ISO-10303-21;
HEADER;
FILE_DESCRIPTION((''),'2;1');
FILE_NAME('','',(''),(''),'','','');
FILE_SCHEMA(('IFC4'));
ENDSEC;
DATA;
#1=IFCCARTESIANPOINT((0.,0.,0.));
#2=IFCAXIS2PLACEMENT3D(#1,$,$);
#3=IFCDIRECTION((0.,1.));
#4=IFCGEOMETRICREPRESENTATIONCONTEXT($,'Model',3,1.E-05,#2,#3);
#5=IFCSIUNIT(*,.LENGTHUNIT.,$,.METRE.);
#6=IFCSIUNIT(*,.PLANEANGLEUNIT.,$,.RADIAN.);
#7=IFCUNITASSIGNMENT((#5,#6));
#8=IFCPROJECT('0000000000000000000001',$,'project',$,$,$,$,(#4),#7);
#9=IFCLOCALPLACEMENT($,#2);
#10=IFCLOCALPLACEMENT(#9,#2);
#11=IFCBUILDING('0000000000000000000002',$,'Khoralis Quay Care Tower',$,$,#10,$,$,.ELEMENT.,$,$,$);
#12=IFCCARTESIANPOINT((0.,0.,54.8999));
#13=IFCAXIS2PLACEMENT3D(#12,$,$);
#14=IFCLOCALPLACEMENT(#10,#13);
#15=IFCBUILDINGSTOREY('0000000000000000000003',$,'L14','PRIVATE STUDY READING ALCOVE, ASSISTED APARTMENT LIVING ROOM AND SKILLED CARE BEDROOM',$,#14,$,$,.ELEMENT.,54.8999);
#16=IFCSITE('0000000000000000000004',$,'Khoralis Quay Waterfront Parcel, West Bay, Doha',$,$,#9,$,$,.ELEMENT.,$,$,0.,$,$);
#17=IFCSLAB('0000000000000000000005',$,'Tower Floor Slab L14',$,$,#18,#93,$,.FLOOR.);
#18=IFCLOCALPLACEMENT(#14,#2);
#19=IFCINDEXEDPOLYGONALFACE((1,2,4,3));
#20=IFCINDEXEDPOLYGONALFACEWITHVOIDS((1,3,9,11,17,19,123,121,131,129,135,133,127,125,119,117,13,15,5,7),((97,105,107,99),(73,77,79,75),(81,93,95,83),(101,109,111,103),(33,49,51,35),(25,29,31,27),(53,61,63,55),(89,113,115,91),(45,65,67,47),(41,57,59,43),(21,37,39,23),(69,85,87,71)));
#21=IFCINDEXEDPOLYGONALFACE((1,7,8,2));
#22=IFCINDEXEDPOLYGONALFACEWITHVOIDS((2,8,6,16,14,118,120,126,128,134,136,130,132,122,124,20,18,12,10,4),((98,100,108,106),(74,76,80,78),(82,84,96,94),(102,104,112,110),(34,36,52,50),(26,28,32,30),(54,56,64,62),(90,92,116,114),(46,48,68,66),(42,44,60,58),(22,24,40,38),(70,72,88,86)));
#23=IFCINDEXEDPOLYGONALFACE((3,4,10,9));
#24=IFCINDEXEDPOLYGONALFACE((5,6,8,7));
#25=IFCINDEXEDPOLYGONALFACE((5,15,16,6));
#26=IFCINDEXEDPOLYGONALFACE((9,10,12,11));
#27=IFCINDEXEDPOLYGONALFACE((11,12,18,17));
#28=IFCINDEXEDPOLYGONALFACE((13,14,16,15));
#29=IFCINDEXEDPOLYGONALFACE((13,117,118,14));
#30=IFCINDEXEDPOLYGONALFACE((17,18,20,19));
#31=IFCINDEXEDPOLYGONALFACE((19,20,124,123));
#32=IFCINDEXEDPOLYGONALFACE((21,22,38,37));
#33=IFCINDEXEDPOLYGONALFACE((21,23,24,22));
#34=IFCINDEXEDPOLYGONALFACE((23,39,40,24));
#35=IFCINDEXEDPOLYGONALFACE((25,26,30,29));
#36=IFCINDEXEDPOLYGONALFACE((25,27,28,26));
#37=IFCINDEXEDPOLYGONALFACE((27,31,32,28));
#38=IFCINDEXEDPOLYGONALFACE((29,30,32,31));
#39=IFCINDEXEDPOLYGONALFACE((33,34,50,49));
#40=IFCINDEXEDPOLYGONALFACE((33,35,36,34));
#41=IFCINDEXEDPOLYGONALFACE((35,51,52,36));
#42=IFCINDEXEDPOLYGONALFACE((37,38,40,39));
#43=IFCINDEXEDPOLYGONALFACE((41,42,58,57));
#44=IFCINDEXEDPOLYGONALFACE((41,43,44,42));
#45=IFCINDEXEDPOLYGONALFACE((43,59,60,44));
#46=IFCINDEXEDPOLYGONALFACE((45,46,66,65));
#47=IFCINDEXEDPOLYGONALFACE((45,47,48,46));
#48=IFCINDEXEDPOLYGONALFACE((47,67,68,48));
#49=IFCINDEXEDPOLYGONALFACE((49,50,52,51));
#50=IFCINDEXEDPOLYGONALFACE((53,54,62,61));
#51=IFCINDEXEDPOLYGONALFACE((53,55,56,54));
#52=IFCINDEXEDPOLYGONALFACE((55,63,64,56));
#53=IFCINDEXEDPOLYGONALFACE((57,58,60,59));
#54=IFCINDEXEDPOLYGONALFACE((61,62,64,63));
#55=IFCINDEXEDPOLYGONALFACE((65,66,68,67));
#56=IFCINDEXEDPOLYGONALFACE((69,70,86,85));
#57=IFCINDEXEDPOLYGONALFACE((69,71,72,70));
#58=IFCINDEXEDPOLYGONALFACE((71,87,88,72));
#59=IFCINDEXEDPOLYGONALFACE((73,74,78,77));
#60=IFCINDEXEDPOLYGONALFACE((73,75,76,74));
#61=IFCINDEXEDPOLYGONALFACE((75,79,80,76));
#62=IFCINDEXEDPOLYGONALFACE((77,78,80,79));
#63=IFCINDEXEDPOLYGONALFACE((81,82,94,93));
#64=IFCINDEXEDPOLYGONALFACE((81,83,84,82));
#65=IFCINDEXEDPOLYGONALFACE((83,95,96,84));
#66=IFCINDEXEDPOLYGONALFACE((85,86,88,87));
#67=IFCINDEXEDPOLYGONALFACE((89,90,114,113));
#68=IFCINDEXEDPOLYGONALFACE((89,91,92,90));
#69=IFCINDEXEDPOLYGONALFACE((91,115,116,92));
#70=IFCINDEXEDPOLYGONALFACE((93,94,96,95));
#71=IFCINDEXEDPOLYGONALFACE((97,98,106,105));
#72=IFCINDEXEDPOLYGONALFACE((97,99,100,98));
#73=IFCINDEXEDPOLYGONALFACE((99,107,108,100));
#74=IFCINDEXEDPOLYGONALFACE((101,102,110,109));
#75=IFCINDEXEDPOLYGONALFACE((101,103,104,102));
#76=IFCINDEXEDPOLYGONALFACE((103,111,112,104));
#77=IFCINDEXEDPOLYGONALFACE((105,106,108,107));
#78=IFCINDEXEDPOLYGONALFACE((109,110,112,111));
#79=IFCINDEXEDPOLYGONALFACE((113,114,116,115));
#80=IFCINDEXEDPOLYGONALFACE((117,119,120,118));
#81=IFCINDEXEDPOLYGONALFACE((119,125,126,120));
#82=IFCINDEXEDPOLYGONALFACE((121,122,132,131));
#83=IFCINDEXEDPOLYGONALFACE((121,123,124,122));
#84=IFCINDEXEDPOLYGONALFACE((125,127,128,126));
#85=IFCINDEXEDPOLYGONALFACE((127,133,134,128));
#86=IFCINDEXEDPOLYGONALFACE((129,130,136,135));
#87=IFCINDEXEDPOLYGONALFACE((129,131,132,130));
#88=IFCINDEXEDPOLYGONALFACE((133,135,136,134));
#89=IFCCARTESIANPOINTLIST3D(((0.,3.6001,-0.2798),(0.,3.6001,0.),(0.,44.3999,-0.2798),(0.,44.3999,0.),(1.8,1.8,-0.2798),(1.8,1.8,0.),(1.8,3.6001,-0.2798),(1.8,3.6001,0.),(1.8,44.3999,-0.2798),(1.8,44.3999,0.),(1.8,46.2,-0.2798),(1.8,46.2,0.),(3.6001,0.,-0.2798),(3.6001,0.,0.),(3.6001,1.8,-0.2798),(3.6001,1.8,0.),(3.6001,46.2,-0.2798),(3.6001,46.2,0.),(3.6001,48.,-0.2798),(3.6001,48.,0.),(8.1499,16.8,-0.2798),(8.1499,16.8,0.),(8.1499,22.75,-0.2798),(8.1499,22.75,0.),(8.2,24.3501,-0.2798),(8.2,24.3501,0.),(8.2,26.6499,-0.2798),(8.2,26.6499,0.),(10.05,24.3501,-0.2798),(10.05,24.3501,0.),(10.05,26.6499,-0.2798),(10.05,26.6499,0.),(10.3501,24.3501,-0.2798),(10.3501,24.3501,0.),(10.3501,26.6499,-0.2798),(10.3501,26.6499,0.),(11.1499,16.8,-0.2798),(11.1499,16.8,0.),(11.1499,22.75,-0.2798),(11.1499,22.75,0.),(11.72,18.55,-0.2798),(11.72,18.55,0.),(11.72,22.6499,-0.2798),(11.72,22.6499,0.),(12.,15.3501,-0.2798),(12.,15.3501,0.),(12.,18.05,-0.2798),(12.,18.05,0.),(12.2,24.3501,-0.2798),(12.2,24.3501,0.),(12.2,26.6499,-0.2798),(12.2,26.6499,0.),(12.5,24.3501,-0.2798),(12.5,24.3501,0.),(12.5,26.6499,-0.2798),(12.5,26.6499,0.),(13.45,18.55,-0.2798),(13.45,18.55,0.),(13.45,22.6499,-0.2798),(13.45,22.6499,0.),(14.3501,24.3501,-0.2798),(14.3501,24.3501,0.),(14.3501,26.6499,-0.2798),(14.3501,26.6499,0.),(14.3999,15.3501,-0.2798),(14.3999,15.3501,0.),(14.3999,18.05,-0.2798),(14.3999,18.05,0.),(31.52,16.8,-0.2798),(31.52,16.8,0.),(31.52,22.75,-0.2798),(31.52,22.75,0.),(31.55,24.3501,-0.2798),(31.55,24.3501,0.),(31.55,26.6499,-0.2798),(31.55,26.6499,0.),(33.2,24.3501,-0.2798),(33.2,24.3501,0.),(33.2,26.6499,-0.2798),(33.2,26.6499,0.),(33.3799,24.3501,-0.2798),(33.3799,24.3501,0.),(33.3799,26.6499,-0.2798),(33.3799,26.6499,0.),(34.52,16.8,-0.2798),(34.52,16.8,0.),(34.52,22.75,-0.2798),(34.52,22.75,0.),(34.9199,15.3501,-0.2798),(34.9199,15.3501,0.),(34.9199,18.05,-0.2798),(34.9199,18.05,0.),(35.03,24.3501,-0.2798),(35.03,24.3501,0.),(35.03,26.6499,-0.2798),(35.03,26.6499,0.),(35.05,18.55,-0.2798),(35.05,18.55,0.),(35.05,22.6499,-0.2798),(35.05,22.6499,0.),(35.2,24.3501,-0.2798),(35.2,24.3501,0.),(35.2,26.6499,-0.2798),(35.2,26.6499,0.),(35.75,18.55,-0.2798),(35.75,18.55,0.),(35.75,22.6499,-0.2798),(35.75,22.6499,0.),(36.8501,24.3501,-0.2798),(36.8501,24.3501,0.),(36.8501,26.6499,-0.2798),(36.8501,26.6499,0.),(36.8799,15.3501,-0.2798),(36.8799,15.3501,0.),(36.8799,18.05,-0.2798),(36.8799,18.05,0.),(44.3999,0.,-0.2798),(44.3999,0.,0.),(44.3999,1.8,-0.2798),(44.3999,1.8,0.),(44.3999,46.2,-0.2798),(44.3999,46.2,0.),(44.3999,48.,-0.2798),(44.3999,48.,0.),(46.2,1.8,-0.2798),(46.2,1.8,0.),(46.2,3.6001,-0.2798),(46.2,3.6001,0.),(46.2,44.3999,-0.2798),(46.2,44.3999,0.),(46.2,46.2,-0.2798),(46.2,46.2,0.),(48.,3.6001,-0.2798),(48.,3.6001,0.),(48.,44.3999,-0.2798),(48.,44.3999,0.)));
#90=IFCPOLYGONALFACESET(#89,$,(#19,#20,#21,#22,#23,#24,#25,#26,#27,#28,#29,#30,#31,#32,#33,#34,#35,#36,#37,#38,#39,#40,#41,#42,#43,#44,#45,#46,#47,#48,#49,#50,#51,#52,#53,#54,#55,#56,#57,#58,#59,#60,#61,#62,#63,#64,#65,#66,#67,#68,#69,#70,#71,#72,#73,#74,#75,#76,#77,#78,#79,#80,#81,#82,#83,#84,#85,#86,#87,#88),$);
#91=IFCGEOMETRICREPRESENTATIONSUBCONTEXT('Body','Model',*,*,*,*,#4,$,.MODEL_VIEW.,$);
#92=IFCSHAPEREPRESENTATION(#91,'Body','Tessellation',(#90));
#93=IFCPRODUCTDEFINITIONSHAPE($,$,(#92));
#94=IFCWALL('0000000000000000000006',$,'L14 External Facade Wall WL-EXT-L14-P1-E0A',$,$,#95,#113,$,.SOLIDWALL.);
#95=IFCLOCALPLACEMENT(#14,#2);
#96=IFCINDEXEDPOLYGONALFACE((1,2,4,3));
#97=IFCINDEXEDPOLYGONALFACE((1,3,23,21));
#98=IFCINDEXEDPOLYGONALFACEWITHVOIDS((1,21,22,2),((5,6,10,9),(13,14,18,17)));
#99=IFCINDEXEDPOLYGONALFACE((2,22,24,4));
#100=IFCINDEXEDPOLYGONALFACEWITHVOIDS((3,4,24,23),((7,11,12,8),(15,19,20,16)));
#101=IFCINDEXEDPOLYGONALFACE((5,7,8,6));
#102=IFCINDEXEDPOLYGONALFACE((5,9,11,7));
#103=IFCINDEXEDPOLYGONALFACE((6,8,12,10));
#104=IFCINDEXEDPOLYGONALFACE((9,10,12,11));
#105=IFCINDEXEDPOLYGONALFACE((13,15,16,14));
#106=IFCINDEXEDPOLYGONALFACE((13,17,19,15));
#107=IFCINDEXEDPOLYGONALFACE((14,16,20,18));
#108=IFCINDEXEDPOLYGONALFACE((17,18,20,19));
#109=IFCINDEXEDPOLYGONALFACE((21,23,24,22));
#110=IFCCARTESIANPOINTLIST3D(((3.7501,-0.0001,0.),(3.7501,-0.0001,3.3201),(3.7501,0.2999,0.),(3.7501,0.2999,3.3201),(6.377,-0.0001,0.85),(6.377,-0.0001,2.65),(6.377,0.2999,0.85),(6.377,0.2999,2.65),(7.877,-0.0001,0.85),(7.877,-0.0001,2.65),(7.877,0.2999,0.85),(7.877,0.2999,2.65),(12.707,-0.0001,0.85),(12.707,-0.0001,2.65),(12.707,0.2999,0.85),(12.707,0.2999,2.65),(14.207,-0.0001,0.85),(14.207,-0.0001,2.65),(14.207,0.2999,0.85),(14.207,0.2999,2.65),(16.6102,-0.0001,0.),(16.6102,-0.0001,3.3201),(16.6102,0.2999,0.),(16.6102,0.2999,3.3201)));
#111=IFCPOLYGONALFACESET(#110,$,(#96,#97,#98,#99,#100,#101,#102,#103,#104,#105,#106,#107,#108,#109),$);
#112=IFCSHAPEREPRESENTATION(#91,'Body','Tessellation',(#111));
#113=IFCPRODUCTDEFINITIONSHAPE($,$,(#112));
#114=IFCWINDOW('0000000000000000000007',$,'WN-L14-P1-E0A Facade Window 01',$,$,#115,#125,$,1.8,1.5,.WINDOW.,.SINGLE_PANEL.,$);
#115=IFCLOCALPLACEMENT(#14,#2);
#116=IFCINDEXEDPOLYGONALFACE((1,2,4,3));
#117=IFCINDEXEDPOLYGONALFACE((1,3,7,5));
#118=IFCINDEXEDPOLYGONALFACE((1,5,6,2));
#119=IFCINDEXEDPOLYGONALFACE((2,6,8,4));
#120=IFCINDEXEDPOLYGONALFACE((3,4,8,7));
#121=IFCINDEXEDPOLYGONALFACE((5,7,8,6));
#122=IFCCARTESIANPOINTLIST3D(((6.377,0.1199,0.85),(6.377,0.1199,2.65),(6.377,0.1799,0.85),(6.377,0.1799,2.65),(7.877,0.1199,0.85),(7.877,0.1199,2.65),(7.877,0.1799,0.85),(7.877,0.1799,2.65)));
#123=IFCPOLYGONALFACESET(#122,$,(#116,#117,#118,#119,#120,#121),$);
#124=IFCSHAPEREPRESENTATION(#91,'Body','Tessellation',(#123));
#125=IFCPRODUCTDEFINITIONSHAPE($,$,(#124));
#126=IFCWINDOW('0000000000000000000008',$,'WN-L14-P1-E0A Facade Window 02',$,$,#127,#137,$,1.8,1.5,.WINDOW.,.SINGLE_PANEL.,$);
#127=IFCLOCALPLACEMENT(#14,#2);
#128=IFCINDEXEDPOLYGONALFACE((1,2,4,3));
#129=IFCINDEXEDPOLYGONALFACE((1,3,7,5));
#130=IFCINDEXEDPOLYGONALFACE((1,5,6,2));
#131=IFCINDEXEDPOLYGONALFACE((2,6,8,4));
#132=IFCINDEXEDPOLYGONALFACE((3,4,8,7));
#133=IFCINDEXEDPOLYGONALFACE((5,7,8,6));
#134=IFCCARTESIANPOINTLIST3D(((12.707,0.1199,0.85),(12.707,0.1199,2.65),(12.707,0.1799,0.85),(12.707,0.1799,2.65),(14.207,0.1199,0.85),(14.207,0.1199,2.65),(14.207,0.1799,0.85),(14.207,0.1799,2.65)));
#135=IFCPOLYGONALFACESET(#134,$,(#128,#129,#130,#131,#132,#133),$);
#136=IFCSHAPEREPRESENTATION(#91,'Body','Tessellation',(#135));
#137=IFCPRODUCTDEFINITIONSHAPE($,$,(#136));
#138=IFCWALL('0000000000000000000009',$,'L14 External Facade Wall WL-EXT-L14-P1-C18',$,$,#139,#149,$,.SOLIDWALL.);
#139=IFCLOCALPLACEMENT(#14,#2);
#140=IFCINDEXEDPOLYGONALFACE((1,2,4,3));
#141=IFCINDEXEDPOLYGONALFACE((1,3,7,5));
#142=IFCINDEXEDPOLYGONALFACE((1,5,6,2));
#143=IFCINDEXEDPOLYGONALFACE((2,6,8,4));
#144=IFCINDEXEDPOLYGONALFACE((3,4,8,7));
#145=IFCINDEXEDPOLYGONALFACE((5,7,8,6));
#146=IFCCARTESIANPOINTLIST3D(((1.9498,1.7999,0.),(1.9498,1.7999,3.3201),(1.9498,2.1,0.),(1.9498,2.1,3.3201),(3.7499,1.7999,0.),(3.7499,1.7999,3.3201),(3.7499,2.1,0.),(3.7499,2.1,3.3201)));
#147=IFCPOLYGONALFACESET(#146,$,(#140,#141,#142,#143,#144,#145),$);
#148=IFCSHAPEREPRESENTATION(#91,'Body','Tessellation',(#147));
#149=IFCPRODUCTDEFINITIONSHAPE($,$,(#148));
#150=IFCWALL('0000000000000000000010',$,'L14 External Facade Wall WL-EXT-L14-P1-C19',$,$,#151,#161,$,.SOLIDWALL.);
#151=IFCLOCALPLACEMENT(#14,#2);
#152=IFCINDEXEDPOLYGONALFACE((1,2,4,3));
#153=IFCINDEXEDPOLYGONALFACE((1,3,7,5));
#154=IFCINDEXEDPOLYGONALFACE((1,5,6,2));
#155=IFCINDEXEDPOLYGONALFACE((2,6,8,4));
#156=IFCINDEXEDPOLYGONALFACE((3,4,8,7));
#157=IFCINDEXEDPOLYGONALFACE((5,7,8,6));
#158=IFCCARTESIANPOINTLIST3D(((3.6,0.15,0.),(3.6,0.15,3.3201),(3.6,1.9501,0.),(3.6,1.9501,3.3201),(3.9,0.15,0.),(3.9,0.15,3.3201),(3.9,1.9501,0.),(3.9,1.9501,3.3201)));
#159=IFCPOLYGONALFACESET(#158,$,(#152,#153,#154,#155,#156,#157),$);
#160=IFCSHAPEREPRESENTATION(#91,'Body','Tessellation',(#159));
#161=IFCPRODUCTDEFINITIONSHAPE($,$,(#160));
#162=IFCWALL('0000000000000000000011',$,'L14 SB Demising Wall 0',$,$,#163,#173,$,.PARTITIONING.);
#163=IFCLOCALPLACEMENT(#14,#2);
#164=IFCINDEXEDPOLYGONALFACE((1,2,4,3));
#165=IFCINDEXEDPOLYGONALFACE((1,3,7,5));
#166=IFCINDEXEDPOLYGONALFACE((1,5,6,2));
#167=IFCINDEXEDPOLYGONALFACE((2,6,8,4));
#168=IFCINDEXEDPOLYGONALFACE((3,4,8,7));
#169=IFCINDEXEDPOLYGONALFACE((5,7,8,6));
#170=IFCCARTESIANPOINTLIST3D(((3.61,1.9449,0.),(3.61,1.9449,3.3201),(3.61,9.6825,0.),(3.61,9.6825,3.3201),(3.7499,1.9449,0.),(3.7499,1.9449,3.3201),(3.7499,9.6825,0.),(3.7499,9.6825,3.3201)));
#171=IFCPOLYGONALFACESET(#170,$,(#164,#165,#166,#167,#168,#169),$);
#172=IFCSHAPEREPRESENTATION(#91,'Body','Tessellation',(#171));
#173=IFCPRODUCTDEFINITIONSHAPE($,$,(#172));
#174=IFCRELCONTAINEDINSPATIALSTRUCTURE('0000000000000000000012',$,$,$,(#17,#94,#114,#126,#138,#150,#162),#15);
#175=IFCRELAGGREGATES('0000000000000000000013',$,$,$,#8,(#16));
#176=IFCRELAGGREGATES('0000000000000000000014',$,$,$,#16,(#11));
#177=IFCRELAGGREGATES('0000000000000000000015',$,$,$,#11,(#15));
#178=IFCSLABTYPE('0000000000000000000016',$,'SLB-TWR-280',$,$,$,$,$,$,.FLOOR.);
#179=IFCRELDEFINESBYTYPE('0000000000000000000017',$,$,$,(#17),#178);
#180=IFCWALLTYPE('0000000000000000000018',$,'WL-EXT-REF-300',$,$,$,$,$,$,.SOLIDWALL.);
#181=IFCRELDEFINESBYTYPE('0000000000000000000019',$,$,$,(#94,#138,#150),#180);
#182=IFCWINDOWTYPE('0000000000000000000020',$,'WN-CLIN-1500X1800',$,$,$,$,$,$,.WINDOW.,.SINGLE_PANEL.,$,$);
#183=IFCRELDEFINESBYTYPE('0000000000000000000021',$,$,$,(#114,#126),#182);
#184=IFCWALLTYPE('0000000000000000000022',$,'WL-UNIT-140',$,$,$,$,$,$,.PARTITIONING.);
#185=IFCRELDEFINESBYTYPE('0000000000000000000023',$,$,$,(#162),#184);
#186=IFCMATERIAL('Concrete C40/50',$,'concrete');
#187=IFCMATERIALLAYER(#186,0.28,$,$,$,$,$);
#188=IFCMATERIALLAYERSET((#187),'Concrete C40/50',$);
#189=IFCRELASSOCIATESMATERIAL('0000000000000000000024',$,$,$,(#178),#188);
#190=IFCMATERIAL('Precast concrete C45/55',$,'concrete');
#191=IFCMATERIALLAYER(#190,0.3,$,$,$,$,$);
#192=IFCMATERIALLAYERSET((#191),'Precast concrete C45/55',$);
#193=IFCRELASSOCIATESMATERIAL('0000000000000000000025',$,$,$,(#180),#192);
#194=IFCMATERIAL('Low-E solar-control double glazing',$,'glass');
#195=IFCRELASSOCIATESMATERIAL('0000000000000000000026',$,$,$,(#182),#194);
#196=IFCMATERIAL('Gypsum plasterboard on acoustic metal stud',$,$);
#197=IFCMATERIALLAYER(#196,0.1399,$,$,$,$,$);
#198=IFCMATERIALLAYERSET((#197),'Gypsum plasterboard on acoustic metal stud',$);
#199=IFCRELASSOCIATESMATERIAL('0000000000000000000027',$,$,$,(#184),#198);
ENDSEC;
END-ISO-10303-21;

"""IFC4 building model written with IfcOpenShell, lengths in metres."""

from ifc_helpers import new_model, si_unit, direction, frame, frame_2d, origin, place, context, subcontext, project, spatial, polyline, rectangle, outline, extrude, source, transform, mapped, material, layer, layer_set, type_object, element, fill, save


model = new_model("IFC4")

# Units and contexts
model_context = context("Model", 3, precision=1e-05, world=origin(), true_north=direction((0.0, 1.0)))
body_context = subcontext(model_context, "Body", "Model", "MODEL_VIEW")
ifc_project = project(units=[si_unit("LENGTHUNIT", "METRE"), si_unit("PLANEANGLEUNIT", "RADIAN")], contexts=[model_context])

# Site, building, storey
site_placement = place(None, origin())
site = spatial("IfcSite", under=ifc_project, at=site_placement, Name="Khoralis Quay Waterfront Parcel, West Bay, Doha", CompositionType="ELEMENT", RefElevation=0.0)
building_placement = place(site_placement, origin())
building = spatial("IfcBuilding", under=site, at=building_placement, Name="Khoralis Quay Care Tower", CompositionType="ELEMENT")
storey_placement = place(building_placement, frame((0.0, 0.0, 54.8999)))
storey = spatial("IfcBuildingStorey", under=building, at=storey_placement, Name="L14", Description="PRIVATE STUDY READING ALCOVE, ASSISTED APARTMENT LIVING ROOM AND SKILLED CARE BEDROOM", CompositionType="ELEMENT", Elevation=54.8999)

# Shared definitions
ifc_material_1 = material(Name="Precast concrete C45/55", Category="concrete")

# Slab
ifc_material_2 = material(Name="Concrete C40/50", Category="concrete")
ifc_layer_1 = layer(ifc_material_2, 0.28)
ifc_layer_set_1 = layer_set([ifc_layer_1], Name="Concrete C40/50")
slab_type_1 = type_object("IfcSlabType", Name="SLB-TWR-280", PredefinedType="FLOOR", material=ifc_layer_set_1)
slab_1_placement = place(storey_placement, frame((0.0, 0.0, -0.2798)))
element("IfcSlab", 1, at=slab_1_placement, inside=storey, type_object=slab_type_1, Name="Tower Floor Slab L14", PredefinedType="FLOOR", context=body_context, shape_type="SweptSolid", body=[
    extrude(outline(polyline([(3.6001, 0.0), (44.3999, 0.0), (44.3999, 1.8), (46.2, 1.8), (46.2, 3.6001), (48.0, 3.6001), (48.0, 44.3999), (46.2, 44.3999), (46.2, 46.2), (44.3999, 46.2), (44.3999, 48.0), (3.6001, 48.0), (3.6001, 46.2), (1.8, 46.2), (1.8, 44.3999), (0.0, 44.3999), (0.0, 3.6001), (1.8, 3.6001), (1.8, 1.8), (3.6001, 1.8), (3.6001, 0.0)]), holes=[polyline([(11.1499, 16.8), (11.1499, 22.75), (8.1499, 22.75), (8.1499, 16.8), (11.1499, 16.8)]), polyline([(34.52, 16.8), (34.52, 22.75), (31.52, 22.75), (31.52, 16.8), (34.52, 16.8)]), polyline([(12.0, 15.3501), (14.3999, 15.3501), (14.3999, 18.05), (12.0, 18.05), (12.0, 15.3501)]), polyline([(34.9199, 15.3501), (36.8799, 15.3501), (36.8799, 18.05), (34.9199, 18.05), (34.9199, 15.3501)]), polyline([(8.2, 24.3501), (10.05, 24.3501), (10.05, 26.6499), (8.2, 26.6499), (8.2, 24.3501)]), polyline([(31.55, 24.3501), (33.2, 24.3501), (33.2, 26.6499), (31.55, 26.6499), (31.55, 24.3501)]), polyline([(10.3501, 24.3501), (12.2, 24.3501), (12.2, 26.6499), (10.3501, 26.6499), (10.3501, 24.3501)]), polyline([(33.3799, 24.3501), (35.03, 24.3501), (35.03, 26.6499), (33.3799, 26.6499), (33.3799, 24.3501)]), polyline([(12.5, 24.3501), (14.3501, 24.3501), (14.3501, 26.6499), (12.5, 26.6499), (12.5, 24.3501)]), polyline([(35.2, 24.3501), (36.8501, 24.3501), (36.8501, 26.6499), (35.2, 26.6499), (35.2, 24.3501)]), polyline([(11.72, 18.55), (13.45, 18.55), (13.45, 22.6499), (11.72, 22.6499), (11.72, 18.55)]), polyline([(35.05, 18.55), (35.75, 18.55), (35.75, 22.6499), (35.05, 22.6499), (35.05, 18.55)])]), origin(), (0.0, 0.0, 1.0), 0.2798),
])

# Wall, openings, windows
ifc_layer_2 = layer(ifc_material_1, 0.3)
ifc_layer_set_2 = layer_set([ifc_layer_2], Name="Precast concrete C45/55")
wall_type_1 = type_object("IfcWallType", Name="WL-EXT-REF-300", PredefinedType="SOLIDWALL", material=ifc_layer_set_2)
wall_1_placement = place(storey_placement, frame((3.75, 0.1499, 0.0), z_axis=(0.0, 0.0, 1.0), x_axis=(1.0, 0.0, 0.0)))
wall_1 = element("IfcWall", 2, at=wall_1_placement, inside=storey, type_object=wall_type_1, Name="L14 External Facade Wall WL-EXT-L14-P1-E0A", PredefinedType="SOLIDWALL", context=body_context, shape_type="SweptSolid", body=[
    extrude(rectangle(XDim=12.8601, YDim=0.3, at=frame_2d((6.4302, 0.0))), origin(), (0.0, 0.0, 1.0), 3.3201),
])
opening_1_placement = place(wall_1_placement, frame((2.627, 0.0, 0.8501)))
opening_1 = element("IfcOpeningElement", 3, at=opening_1_placement, cuts=wall_1, PredefinedType="OPENING", context=body_context, shape_type="SweptSolid", body=[
    extrude(rectangle(XDim=1.5, YDim=1.8, at=frame_2d((0.75, 0.8999))), frame((0.0, 0.1602, 0.0), z_axis=(0.0, -1.0, 0.0), x_axis=(1.0, 0.0, 0.0)), (0.0, 0.0, 1.0), 0.3201),
])
opening_2_placement = place(wall_1_placement, frame((8.957, 0.0, 0.8501)))
opening_2 = element("IfcOpeningElement", 4, at=opening_2_placement, cuts=wall_1, PredefinedType="OPENING", context=body_context, shape_type="SweptSolid", body=[
    extrude(rectangle(XDim=1.5, YDim=1.8, at=frame_2d((0.75, 0.8999))), frame((0.0, 0.1602, 0.0), z_axis=(0.0, -1.0, 0.0), x_axis=(1.0, 0.0, 0.0)), (0.0, 0.0, 1.0), 0.3201),
])
ifc_material_3 = material(Name="Low-E solar-control double glazing", Category="glass")
window_type = type_object("IfcWindowType", Name="WN-CLIN-1500X1800", PartitioningType="SINGLE_PANEL", PredefinedType="WINDOW", material=ifc_material_3)
shared_shape_1 = source(origin(), body_context, "Body", "SweptSolid", [
    extrude(rectangle(XDim=1.5, YDim=1.8, at=frame_2d((0.75, 0.8999))), frame((0.0, 0.03, 0.0), z_axis=(0.0, -1.0, 0.0), x_axis=(1.0, 0.0, 0.0)), (0.0, 0.0, 1.0), 0.0601),
])
window_1_placement = place(opening_1_placement, origin())
window_1 = element("IfcWindow", 5, at=window_1_placement, inside=storey, type_object=window_type, Name="WN-L14-P1-E0A Facade Window 01", OverallHeight=1.8, OverallWidth=1.5, PartitioningType="SINGLE_PANEL", PredefinedType="WINDOW", context=body_context, shape_type="MappedRepresentation", body=[
    mapped(shared_shape_1, transform((0.0, 0.0, 0.0), scale=1.0)),
])
fill(opening_1, window_1)
window_2_placement = place(opening_2_placement, origin())
window_2 = element("IfcWindow", 6, at=window_2_placement, inside=storey, type_object=window_type, Name="WN-L14-P1-E0A Facade Window 02", OverallHeight=1.8, OverallWidth=1.5, PartitioningType="SINGLE_PANEL", PredefinedType="WINDOW", context=body_context, shape_type="MappedRepresentation", body=[
    mapped(shared_shape_1, transform((0.0, 0.0, 0.0), scale=1.0)),
])
fill(opening_2, window_2)

# Walls
for number, where, z_axis, x_axis, name in (
    (7, (1.95, 1.95, 0.0), (0.0, 0.0, 1.0), (1.0, 0.0, 0.0), "L14 External Facade Wall WL-EXT-L14-P1-C18"),
    (8, (3.75, 1.95, 0.0), (0.0, 0.0, 1.0), (0.0, -1.0, 0.0), "L14 External Facade Wall WL-EXT-L14-P1-C19"),
):
    element("IfcWall", number, at=place(storey_placement, frame(where, z_axis=z_axis, x_axis=x_axis)), inside=storey, type_object=wall_type_1, Name=name, PredefinedType="SOLIDWALL", context=body_context, shape_type="SweptSolid", body=[
        extrude(rectangle(XDim=1.8, YDim=0.3, at=frame_2d((0.8999, 0.0))), origin(), (0.0, 0.0, 1.0), 3.3201),
    ])
ifc_material_4 = material(Name="Gypsum plasterboard on acoustic metal stud")
ifc_layer_3 = layer(ifc_material_4, 0.1399)
ifc_layer_set_3 = layer_set([ifc_layer_3], Name="Gypsum plasterboard on acoustic metal stud")
wall_type_2 = type_object("IfcWallType", Name="WL-UNIT-140", PredefinedType="PARTITIONING", material=ifc_layer_set_3)
wall_2_placement = place(storey_placement, frame((3.6799, 1.9451, 0.0), z_axis=(0.0, 0.0, 1.0), x_axis=(0.0, 1.0, 0.0)))
element("IfcWall", 9, at=wall_2_placement, inside=storey, type_object=wall_type_2, Name="L14 SB Demising Wall 0", PredefinedType="PARTITIONING", context=body_context, shape_type="SweptSolid", body=[
    extrude(rectangle(XDim=7.7375, YDim=0.1399, at=frame_2d((3.8687, 0.0))), origin(), (0.0, 0.0, 1.0), 3.3201),
])

save(model, "model.ifc")
